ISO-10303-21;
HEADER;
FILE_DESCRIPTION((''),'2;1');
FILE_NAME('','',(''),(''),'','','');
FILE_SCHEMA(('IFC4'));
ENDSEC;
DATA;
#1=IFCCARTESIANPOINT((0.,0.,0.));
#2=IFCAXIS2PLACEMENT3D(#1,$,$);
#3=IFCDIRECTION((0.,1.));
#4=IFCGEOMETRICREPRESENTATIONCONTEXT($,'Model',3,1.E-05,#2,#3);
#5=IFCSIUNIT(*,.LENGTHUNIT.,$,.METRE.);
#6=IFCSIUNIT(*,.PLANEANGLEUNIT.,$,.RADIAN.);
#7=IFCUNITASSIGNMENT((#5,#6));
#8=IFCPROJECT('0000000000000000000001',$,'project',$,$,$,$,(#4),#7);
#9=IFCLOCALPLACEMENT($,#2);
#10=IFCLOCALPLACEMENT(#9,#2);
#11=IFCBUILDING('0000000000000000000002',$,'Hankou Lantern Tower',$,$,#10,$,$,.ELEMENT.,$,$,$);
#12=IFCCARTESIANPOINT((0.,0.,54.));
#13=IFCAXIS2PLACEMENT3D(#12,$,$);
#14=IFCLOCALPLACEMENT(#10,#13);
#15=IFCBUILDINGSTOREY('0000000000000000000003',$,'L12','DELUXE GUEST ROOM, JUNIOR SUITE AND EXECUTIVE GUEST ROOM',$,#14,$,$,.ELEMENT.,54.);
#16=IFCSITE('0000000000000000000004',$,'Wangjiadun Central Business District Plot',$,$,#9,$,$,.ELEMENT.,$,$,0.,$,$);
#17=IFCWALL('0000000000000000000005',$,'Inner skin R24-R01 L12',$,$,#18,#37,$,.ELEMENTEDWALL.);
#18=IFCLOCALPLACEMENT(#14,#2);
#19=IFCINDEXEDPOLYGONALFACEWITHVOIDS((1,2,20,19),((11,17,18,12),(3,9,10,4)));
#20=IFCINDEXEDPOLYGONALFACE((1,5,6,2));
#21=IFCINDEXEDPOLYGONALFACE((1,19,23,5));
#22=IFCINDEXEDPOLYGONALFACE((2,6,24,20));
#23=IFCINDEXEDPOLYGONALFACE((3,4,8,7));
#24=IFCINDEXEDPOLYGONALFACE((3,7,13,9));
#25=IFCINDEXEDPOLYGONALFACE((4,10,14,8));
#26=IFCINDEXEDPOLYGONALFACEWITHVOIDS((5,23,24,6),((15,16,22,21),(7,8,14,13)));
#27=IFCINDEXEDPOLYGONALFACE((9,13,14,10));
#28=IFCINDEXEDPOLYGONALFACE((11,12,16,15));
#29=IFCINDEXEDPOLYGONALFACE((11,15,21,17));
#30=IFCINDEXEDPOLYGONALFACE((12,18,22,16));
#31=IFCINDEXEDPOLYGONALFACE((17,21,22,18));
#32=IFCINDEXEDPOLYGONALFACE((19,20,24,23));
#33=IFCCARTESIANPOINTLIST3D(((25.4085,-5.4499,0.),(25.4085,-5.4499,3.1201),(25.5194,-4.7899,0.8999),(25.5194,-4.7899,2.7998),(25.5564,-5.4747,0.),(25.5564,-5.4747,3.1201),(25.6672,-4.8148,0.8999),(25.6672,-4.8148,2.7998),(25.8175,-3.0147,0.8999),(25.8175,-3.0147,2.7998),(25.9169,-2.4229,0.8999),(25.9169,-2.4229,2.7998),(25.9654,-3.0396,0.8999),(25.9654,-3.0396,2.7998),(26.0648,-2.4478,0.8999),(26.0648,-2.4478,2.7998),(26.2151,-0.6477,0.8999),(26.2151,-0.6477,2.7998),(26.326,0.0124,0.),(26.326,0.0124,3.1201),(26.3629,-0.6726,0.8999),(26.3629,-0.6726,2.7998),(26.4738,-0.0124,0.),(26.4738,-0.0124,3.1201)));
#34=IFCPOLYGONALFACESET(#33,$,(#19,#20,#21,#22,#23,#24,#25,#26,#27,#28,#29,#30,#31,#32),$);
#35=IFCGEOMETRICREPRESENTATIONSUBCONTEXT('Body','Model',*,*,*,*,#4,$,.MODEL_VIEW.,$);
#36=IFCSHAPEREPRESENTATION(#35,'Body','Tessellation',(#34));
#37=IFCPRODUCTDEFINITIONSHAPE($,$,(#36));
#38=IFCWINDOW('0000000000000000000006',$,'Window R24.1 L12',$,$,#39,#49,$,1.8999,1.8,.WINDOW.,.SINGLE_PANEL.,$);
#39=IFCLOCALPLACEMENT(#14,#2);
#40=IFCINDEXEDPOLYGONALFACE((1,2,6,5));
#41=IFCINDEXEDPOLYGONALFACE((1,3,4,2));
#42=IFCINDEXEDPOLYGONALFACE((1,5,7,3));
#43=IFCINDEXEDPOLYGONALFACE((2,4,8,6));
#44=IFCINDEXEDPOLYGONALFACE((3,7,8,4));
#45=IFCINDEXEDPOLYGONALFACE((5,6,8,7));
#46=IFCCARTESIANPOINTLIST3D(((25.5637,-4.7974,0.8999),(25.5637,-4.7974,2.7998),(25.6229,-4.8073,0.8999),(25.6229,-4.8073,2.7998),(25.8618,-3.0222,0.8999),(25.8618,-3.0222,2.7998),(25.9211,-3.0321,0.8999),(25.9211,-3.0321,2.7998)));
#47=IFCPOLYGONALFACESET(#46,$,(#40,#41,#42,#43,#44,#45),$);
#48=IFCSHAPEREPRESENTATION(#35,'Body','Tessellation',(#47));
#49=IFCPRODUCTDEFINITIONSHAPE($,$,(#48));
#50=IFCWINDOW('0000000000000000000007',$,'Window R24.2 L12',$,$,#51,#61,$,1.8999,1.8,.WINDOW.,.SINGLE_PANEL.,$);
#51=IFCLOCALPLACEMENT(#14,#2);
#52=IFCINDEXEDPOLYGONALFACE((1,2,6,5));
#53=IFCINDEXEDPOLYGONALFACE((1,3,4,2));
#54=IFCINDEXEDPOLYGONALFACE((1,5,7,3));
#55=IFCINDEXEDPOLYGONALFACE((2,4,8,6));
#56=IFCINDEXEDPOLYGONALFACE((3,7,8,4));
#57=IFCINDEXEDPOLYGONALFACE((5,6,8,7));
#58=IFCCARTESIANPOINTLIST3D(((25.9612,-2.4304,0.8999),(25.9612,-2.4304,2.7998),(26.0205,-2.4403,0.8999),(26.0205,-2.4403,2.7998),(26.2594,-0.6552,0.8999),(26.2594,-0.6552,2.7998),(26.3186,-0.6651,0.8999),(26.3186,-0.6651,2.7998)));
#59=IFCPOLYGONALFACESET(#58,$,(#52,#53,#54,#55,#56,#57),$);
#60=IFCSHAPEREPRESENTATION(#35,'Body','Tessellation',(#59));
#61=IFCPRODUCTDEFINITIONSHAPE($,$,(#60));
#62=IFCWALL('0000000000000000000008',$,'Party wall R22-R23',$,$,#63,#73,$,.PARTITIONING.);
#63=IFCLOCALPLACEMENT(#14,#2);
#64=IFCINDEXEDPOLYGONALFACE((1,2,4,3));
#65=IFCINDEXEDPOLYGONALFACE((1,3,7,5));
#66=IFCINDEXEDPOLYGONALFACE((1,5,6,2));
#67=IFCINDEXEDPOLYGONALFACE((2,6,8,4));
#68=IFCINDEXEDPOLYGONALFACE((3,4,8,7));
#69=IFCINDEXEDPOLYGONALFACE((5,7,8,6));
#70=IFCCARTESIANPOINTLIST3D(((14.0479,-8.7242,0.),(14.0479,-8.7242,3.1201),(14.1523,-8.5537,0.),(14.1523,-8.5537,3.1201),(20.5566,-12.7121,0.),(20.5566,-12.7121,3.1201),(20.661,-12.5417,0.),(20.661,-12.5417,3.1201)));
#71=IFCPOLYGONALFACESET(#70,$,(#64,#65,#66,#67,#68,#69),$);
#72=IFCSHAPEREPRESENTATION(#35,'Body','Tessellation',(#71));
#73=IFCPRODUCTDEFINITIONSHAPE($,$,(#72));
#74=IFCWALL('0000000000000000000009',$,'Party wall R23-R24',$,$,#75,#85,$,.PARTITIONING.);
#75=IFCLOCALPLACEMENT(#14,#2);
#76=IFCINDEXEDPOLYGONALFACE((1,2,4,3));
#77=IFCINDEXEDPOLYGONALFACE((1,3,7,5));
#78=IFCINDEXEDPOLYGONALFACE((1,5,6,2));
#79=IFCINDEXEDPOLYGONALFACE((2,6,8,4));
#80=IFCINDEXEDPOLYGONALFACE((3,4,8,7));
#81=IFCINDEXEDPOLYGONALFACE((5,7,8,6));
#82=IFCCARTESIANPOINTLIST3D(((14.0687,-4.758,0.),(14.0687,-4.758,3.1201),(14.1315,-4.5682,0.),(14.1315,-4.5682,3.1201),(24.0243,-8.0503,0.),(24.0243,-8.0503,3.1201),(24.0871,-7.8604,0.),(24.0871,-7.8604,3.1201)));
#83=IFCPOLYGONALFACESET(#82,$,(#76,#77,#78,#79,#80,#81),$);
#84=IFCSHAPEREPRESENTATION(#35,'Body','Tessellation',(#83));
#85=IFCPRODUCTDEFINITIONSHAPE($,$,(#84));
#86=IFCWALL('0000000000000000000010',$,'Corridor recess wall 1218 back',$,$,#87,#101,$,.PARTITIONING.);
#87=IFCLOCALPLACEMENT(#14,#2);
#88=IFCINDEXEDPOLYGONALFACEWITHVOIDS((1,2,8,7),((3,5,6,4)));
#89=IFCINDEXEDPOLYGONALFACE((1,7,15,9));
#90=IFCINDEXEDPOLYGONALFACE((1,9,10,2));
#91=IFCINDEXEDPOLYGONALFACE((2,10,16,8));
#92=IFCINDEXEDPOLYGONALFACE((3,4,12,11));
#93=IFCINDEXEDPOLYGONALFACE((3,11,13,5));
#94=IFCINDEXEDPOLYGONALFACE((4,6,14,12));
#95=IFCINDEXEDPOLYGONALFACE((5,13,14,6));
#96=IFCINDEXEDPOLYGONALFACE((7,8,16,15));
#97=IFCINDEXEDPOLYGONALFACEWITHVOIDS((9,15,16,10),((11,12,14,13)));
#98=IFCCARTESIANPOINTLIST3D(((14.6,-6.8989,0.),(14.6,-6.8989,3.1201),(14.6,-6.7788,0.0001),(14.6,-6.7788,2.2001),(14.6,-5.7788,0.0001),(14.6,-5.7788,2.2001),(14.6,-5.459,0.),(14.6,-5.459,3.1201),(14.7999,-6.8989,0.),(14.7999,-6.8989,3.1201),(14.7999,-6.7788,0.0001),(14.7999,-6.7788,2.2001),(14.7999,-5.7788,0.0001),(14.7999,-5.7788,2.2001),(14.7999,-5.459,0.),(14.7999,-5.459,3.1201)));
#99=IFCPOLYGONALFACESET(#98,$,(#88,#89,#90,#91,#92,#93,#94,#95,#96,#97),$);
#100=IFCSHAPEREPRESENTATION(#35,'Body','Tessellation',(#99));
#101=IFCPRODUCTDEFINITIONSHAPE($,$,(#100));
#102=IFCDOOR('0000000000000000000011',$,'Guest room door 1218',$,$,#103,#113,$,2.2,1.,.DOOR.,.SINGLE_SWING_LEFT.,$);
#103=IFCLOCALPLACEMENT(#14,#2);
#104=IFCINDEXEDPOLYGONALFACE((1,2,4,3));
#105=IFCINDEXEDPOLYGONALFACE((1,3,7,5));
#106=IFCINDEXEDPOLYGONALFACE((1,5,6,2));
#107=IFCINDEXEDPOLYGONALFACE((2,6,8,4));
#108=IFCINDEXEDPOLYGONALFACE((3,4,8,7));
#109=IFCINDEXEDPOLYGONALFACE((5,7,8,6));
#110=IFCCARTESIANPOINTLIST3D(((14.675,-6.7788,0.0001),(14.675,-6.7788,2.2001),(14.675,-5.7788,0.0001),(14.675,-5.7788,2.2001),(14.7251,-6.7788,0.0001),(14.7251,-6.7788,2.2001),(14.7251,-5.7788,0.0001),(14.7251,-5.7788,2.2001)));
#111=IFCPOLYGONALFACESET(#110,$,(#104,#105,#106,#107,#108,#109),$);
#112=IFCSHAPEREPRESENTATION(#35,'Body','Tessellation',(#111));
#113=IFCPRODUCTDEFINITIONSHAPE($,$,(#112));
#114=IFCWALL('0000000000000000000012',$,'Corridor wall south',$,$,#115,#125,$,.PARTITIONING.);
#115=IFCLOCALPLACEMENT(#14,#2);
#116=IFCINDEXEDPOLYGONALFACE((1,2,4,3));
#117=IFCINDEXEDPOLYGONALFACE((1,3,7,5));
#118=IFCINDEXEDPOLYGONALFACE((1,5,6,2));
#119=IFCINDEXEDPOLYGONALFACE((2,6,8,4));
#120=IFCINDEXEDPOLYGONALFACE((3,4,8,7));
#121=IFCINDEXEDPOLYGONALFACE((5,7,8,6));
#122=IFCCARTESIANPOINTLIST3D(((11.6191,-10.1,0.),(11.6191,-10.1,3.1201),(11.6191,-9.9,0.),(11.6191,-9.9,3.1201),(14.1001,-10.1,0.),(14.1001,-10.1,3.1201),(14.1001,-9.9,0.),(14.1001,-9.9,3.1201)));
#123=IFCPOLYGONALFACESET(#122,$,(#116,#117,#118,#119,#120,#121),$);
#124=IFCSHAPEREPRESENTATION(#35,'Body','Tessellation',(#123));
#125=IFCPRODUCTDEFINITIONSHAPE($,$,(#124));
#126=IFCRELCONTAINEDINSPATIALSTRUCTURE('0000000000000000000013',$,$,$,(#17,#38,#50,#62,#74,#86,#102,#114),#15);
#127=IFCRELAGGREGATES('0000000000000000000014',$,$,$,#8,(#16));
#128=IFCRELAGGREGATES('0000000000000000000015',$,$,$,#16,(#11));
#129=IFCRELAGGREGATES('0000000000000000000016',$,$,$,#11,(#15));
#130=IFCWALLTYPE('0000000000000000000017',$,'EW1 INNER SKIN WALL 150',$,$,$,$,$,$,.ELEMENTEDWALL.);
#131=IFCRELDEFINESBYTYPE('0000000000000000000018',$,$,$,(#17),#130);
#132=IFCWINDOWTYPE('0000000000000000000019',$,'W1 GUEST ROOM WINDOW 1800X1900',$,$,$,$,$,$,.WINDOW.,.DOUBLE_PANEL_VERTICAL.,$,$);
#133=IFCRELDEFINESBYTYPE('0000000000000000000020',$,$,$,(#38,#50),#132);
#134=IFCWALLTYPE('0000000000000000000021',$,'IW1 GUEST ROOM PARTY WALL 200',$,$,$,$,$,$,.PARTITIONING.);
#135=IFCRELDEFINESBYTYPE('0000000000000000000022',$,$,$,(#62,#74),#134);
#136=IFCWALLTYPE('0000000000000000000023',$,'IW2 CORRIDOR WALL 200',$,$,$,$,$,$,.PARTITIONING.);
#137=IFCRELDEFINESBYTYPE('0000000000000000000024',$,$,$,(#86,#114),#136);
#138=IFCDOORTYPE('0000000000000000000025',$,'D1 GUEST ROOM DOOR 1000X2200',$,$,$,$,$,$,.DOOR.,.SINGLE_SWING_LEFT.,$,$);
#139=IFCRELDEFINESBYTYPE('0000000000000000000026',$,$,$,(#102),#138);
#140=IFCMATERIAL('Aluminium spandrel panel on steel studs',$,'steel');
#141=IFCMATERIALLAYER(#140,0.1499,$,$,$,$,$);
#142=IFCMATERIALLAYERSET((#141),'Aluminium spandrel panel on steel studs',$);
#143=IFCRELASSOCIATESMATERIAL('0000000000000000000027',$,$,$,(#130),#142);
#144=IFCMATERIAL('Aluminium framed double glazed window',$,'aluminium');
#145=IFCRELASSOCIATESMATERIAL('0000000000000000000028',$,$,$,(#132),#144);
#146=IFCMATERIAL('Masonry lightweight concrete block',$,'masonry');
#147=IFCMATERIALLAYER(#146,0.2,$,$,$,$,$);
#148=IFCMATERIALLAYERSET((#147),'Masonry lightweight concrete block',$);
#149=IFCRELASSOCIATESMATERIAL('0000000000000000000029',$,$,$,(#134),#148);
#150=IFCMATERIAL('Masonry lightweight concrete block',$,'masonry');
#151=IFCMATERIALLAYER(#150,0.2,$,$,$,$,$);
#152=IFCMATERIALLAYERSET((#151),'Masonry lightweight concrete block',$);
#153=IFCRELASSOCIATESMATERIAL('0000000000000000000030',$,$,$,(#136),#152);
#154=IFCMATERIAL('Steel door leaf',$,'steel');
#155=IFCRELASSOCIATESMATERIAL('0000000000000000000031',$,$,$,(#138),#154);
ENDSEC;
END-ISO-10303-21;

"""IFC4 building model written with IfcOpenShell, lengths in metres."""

from ifc_helpers import new_model, si_unit, direction, frame, frame_2d, origin, place, context, subcontext, project, spatial, rectangle, extrude, material, layer, layer_set, type_object, element, fill, save


model = new_model("IFC4")

# Units and contexts
model_context = context("Model", 3, precision=1e-05, world=origin(), true_north=direction((0.0, 1.0)))
body_context = subcontext(model_context, "Body", "Model", "MODEL_VIEW")
ifc_project = project(units=[si_unit("LENGTHUNIT", "METRE"), si_unit("PLANEANGLEUNIT", "RADIAN")], contexts=[model_context])

# Site, building, storey
site_placement = place(None, origin())
site = spatial("IfcSite", under=ifc_project, at=site_placement, Name="Wangjiadun Central Business District Plot", CompositionType="ELEMENT", RefElevation=0.0)
building_placement = place(site_placement, origin())
building = spatial("IfcBuilding", under=site, at=building_placement, Name="Hankou Lantern Tower", CompositionType="ELEMENT")
storey_placement = place(building_placement, frame((0.0, 0.0, 54.0)))
storey = spatial("IfcBuildingStorey", under=building, at=storey_placement, Name="L12", Description="DELUXE GUEST ROOM, JUNIOR SUITE AND EXECUTIVE GUEST ROOM", CompositionType="ELEMENT", Elevation=54.0)

# Wall, openings, windows
ifc_material_1 = material(Name="Aluminium spandrel panel on steel studs", Category="steel")
ifc_layer_1 = layer(ifc_material_1, 0.1499)
ifc_layer_set_1 = layer_set([ifc_layer_1], Name="Aluminium spandrel panel on steel studs")
wall_type_1 = type_object("IfcWallType", Name="EW1 INNER SKIN WALL 150", PredefinedType="ELEMENTEDWALL", material=ifc_layer_set_1)
wall_1_placement = place(storey_placement, frame((25.4824, -5.4624, 0.0), z_axis=(0.0, 0.0, 1.0), x_axis=(0.165643, 0.986186, 0.0)))
wall_1 = element("IfcWall", 1, at=wall_1_placement, inside=storey, type_object=wall_type_1, Name="Inner skin R24-R01 L12", PredefinedType="ELEMENTEDWALL", context=body_context, shape_type="SweptSolid", body=[
    extrude(rectangle(XDim=5.5388, YDim=0.1499, at=frame_2d((2.7695, 0.0))), origin(), (0.0, 0.0, 1.0), 3.1201),
])
opening_1_placement = place(wall_1_placement, frame((0.6694, 0.0, 0.8999)))
opening_1 = element("IfcOpeningElement", 2, at=opening_1_placement, cuts=wall_1, PredefinedType="OPENING", context=body_context, shape_type="SweptSolid", body=[
    extrude(rectangle(XDim=1.8, YDim=1.8999, at=frame_2d((0.8999, 0.95))), frame((0.0, 0.085, 0.0), z_axis=(0.0, -1.0, 0.0), x_axis=(1.0, 0.0, 0.0)), (0.0, 0.0, 1.0), 0.1699),
])
opening_2_placement = place(wall_1_placement, frame((3.0696, 0.0, 0.8999)))
opening_2 = element("IfcOpeningElement", 3, at=opening_2_placement, cuts=wall_1, PredefinedType="OPENING", context=body_context, shape_type="SweptSolid", body=[
    extrude(rectangle(XDim=1.8, YDim=1.8999, at=frame_2d((0.8999, 0.95))), frame((0.0, 0.085, 0.0), z_axis=(0.0, -1.0, 0.0), x_axis=(1.0, 0.0, 0.0)), (0.0, 0.0, 1.0), 0.1699),
])
ifc_material_2 = material(Name="Aluminium framed double glazed window", Category="aluminium")
window_type = type_object("IfcWindowType", Name="W1 GUEST ROOM WINDOW 1800X1900", PartitioningType="DOUBLE_PANEL_VERTICAL", PredefinedType="WINDOW", material=ifc_material_2)
window_1_placement = place(opening_1_placement, origin())
window_1 = element("IfcWindow", 4, at=window_1_placement, inside=storey, type_object=window_type, Name="Window R24.1 L12", OverallHeight=1.8999, OverallWidth=1.8, PartitioningType="SINGLE_PANEL", PredefinedType="WINDOW", context=body_context, shape_type="SweptSolid", body=[
    extrude(rectangle(XDim=1.8, YDim=1.8999, at=frame_2d((0.8999, 0.95))), frame((0.0, 0.03, 0.0), z_axis=(0.0, -1.0, 0.0), x_axis=(1.0, 0.0, 0.0)), (0.0, 0.0, 1.0), 0.0601),
])
fill(opening_1, window_1)
window_2_placement = place(opening_2_placement, origin())
window_2 = element("IfcWindow", 5, at=window_2_placement, inside=storey, type_object=window_type, Name="Window R24.2 L12", OverallHeight=1.8999, OverallWidth=1.8, PartitioningType="SINGLE_PANEL", PredefinedType="WINDOW", context=body_context, shape_type="SweptSolid", body=[
    extrude(rectangle(XDim=1.8, YDim=1.8999, at=frame_2d((0.8999, 0.95))), frame((0.0, 0.03, 0.0), z_axis=(0.0, -1.0, 0.0), x_axis=(1.0, 0.0, 0.0)), (0.0, 0.0, 1.0), 0.0601),
])
fill(opening_2, window_2)

# Walls
ifc_material_3 = material(Name="Masonry lightweight concrete block", Category="masonry")
ifc_layer_2 = layer(ifc_material_3, 0.2)
ifc_layer_set_2 = layer_set([ifc_layer_2], Name="Masonry lightweight concrete block")
wall_type_2 = type_object("IfcWallType", Name="IW1 GUEST ROOM PARTY WALL 200", PredefinedType="PARTITIONING", material=ifc_layer_set_2)
wall_2_placement = place(storey_placement, frame((14.1001, -8.6389, 0.0), z_axis=(0.0, 0.0, 1.0), x_axis=(0.852672, -0.522446, 0.0)))
element("IfcWall", 6, at=wall_2_placement, inside=storey, type_object=wall_type_2, Name="Party wall R22-R23", PredefinedType="PARTITIONING", context=body_context, shape_type="SweptSolid", body=[
    extrude(rectangle(XDim=7.6333, YDim=0.2, at=frame_2d((3.8167, 0.0))), origin(), (0.0, 0.0, 1.0), 3.1201),
])
wall_3_placement = place(storey_placement, frame((14.1001, -4.6631, 0.0), z_axis=(0.0, 0.0, 1.0), x_axis=(0.949433, -0.313971, 0.0)))
element("IfcWall", 7, at=wall_3_placement, inside=storey, type_object=wall_type_2, Name="Party wall R23-R24", PredefinedType="PARTITIONING", context=body_context, shape_type="SweptSolid", body=[
    extrude(rectangle(XDim=10.4858, YDim=0.2, at=frame_2d((5.2429, 0.0))), origin(), (0.0, 0.0, 1.0), 3.1201),
])

# Wall, opening, door
ifc_material_4 = material(Name="Masonry lightweight concrete block", Category="masonry")
ifc_layer_3 = layer(ifc_material_4, 0.2)
ifc_layer_set_3 = layer_set([ifc_layer_3], Name="Masonry lightweight concrete block")
wall_type_3 = type_object("IfcWallType", Name="IW2 CORRIDOR WALL 200", PredefinedType="PARTITIONING", material=ifc_layer_set_3)
wall_4_placement = place(storey_placement, frame((14.7, -6.8989, 0.0), z_axis=(0.0, 0.0, 1.0), x_axis=(0.0, 1.0, 0.0)))
wall_4 = element("IfcWall", 8, at=wall_4_placement, inside=storey, type_object=wall_type_3, Name="Corridor recess wall 1218 back", PredefinedType="PARTITIONING", context=body_context, shape_type="SweptSolid", body=[
    extrude(rectangle(XDim=1.4399, YDim=0.2, at=frame_2d((0.72, 0.0))), origin(), (0.0, 0.0, 1.0), 3.1201),
])
opening_3_placement = place(wall_4_placement, frame((0.1201, 0.0, 0.0)))
opening_3 = element("IfcOpeningElement", 9, at=opening_3_placement, cuts=wall_4, PredefinedType="OPENING", context=body_context, shape_type="SweptSolid", body=[
    extrude(rectangle(XDim=1.0, YDim=2.2, at=frame_2d((0.5, 1.1001))), frame((0.0, 0.1099, 0.0), z_axis=(0.0, -1.0, 0.0), x_axis=(1.0, 0.0, 0.0)), (0.0, 0.0, 1.0), 0.22),
])
ifc_material_5 = material(Name="Steel door leaf", Category="steel")
door_type_1 = type_object("IfcDoorType", Name="D1 GUEST ROOM DOOR 1000X2200", OperationType="SINGLE_SWING_LEFT", PredefinedType="DOOR", material=ifc_material_5)
door_1_placement = place(opening_3_placement, origin())
door_1 = element("IfcDoor", 10, at=door_1_placement, inside=storey, type_object=door_type_1, Name="Guest room door 1218", OperationType="SINGLE_SWING_LEFT", OverallHeight=2.2, OverallWidth=1.0, PredefinedType="DOOR", context=body_context, shape_type="SweptSolid", body=[
    extrude(rectangle(XDim=1.0, YDim=2.2, at=frame_2d((0.5, 1.1001))), frame((0.0, 0.0249, 0.0), z_axis=(0.0, -1.0, 0.0), x_axis=(1.0, 0.0, 0.0)), (0.0, 0.0, 1.0), 0.05),
])
fill(opening_3, door_1)

# Wall
wall_5_placement = place(storey_placement, frame((14.1001, -10.0, 0.0), z_axis=(0.0, 0.0, 1.0), x_axis=(-1.0, 0.0, 0.0)))
element("IfcWall", 11, at=wall_5_placement, inside=storey, type_object=wall_type_3, Name="Corridor wall south", PredefinedType="PARTITIONING", context=body_context, shape_type="SweptSolid", body=[
    extrude(rectangle(XDim=2.481, YDim=0.2, at=frame_2d((1.2405, 0.0))), origin(), (0.0, 0.0, 1.0), 3.1201),
])

save(model, "model.ifc")
